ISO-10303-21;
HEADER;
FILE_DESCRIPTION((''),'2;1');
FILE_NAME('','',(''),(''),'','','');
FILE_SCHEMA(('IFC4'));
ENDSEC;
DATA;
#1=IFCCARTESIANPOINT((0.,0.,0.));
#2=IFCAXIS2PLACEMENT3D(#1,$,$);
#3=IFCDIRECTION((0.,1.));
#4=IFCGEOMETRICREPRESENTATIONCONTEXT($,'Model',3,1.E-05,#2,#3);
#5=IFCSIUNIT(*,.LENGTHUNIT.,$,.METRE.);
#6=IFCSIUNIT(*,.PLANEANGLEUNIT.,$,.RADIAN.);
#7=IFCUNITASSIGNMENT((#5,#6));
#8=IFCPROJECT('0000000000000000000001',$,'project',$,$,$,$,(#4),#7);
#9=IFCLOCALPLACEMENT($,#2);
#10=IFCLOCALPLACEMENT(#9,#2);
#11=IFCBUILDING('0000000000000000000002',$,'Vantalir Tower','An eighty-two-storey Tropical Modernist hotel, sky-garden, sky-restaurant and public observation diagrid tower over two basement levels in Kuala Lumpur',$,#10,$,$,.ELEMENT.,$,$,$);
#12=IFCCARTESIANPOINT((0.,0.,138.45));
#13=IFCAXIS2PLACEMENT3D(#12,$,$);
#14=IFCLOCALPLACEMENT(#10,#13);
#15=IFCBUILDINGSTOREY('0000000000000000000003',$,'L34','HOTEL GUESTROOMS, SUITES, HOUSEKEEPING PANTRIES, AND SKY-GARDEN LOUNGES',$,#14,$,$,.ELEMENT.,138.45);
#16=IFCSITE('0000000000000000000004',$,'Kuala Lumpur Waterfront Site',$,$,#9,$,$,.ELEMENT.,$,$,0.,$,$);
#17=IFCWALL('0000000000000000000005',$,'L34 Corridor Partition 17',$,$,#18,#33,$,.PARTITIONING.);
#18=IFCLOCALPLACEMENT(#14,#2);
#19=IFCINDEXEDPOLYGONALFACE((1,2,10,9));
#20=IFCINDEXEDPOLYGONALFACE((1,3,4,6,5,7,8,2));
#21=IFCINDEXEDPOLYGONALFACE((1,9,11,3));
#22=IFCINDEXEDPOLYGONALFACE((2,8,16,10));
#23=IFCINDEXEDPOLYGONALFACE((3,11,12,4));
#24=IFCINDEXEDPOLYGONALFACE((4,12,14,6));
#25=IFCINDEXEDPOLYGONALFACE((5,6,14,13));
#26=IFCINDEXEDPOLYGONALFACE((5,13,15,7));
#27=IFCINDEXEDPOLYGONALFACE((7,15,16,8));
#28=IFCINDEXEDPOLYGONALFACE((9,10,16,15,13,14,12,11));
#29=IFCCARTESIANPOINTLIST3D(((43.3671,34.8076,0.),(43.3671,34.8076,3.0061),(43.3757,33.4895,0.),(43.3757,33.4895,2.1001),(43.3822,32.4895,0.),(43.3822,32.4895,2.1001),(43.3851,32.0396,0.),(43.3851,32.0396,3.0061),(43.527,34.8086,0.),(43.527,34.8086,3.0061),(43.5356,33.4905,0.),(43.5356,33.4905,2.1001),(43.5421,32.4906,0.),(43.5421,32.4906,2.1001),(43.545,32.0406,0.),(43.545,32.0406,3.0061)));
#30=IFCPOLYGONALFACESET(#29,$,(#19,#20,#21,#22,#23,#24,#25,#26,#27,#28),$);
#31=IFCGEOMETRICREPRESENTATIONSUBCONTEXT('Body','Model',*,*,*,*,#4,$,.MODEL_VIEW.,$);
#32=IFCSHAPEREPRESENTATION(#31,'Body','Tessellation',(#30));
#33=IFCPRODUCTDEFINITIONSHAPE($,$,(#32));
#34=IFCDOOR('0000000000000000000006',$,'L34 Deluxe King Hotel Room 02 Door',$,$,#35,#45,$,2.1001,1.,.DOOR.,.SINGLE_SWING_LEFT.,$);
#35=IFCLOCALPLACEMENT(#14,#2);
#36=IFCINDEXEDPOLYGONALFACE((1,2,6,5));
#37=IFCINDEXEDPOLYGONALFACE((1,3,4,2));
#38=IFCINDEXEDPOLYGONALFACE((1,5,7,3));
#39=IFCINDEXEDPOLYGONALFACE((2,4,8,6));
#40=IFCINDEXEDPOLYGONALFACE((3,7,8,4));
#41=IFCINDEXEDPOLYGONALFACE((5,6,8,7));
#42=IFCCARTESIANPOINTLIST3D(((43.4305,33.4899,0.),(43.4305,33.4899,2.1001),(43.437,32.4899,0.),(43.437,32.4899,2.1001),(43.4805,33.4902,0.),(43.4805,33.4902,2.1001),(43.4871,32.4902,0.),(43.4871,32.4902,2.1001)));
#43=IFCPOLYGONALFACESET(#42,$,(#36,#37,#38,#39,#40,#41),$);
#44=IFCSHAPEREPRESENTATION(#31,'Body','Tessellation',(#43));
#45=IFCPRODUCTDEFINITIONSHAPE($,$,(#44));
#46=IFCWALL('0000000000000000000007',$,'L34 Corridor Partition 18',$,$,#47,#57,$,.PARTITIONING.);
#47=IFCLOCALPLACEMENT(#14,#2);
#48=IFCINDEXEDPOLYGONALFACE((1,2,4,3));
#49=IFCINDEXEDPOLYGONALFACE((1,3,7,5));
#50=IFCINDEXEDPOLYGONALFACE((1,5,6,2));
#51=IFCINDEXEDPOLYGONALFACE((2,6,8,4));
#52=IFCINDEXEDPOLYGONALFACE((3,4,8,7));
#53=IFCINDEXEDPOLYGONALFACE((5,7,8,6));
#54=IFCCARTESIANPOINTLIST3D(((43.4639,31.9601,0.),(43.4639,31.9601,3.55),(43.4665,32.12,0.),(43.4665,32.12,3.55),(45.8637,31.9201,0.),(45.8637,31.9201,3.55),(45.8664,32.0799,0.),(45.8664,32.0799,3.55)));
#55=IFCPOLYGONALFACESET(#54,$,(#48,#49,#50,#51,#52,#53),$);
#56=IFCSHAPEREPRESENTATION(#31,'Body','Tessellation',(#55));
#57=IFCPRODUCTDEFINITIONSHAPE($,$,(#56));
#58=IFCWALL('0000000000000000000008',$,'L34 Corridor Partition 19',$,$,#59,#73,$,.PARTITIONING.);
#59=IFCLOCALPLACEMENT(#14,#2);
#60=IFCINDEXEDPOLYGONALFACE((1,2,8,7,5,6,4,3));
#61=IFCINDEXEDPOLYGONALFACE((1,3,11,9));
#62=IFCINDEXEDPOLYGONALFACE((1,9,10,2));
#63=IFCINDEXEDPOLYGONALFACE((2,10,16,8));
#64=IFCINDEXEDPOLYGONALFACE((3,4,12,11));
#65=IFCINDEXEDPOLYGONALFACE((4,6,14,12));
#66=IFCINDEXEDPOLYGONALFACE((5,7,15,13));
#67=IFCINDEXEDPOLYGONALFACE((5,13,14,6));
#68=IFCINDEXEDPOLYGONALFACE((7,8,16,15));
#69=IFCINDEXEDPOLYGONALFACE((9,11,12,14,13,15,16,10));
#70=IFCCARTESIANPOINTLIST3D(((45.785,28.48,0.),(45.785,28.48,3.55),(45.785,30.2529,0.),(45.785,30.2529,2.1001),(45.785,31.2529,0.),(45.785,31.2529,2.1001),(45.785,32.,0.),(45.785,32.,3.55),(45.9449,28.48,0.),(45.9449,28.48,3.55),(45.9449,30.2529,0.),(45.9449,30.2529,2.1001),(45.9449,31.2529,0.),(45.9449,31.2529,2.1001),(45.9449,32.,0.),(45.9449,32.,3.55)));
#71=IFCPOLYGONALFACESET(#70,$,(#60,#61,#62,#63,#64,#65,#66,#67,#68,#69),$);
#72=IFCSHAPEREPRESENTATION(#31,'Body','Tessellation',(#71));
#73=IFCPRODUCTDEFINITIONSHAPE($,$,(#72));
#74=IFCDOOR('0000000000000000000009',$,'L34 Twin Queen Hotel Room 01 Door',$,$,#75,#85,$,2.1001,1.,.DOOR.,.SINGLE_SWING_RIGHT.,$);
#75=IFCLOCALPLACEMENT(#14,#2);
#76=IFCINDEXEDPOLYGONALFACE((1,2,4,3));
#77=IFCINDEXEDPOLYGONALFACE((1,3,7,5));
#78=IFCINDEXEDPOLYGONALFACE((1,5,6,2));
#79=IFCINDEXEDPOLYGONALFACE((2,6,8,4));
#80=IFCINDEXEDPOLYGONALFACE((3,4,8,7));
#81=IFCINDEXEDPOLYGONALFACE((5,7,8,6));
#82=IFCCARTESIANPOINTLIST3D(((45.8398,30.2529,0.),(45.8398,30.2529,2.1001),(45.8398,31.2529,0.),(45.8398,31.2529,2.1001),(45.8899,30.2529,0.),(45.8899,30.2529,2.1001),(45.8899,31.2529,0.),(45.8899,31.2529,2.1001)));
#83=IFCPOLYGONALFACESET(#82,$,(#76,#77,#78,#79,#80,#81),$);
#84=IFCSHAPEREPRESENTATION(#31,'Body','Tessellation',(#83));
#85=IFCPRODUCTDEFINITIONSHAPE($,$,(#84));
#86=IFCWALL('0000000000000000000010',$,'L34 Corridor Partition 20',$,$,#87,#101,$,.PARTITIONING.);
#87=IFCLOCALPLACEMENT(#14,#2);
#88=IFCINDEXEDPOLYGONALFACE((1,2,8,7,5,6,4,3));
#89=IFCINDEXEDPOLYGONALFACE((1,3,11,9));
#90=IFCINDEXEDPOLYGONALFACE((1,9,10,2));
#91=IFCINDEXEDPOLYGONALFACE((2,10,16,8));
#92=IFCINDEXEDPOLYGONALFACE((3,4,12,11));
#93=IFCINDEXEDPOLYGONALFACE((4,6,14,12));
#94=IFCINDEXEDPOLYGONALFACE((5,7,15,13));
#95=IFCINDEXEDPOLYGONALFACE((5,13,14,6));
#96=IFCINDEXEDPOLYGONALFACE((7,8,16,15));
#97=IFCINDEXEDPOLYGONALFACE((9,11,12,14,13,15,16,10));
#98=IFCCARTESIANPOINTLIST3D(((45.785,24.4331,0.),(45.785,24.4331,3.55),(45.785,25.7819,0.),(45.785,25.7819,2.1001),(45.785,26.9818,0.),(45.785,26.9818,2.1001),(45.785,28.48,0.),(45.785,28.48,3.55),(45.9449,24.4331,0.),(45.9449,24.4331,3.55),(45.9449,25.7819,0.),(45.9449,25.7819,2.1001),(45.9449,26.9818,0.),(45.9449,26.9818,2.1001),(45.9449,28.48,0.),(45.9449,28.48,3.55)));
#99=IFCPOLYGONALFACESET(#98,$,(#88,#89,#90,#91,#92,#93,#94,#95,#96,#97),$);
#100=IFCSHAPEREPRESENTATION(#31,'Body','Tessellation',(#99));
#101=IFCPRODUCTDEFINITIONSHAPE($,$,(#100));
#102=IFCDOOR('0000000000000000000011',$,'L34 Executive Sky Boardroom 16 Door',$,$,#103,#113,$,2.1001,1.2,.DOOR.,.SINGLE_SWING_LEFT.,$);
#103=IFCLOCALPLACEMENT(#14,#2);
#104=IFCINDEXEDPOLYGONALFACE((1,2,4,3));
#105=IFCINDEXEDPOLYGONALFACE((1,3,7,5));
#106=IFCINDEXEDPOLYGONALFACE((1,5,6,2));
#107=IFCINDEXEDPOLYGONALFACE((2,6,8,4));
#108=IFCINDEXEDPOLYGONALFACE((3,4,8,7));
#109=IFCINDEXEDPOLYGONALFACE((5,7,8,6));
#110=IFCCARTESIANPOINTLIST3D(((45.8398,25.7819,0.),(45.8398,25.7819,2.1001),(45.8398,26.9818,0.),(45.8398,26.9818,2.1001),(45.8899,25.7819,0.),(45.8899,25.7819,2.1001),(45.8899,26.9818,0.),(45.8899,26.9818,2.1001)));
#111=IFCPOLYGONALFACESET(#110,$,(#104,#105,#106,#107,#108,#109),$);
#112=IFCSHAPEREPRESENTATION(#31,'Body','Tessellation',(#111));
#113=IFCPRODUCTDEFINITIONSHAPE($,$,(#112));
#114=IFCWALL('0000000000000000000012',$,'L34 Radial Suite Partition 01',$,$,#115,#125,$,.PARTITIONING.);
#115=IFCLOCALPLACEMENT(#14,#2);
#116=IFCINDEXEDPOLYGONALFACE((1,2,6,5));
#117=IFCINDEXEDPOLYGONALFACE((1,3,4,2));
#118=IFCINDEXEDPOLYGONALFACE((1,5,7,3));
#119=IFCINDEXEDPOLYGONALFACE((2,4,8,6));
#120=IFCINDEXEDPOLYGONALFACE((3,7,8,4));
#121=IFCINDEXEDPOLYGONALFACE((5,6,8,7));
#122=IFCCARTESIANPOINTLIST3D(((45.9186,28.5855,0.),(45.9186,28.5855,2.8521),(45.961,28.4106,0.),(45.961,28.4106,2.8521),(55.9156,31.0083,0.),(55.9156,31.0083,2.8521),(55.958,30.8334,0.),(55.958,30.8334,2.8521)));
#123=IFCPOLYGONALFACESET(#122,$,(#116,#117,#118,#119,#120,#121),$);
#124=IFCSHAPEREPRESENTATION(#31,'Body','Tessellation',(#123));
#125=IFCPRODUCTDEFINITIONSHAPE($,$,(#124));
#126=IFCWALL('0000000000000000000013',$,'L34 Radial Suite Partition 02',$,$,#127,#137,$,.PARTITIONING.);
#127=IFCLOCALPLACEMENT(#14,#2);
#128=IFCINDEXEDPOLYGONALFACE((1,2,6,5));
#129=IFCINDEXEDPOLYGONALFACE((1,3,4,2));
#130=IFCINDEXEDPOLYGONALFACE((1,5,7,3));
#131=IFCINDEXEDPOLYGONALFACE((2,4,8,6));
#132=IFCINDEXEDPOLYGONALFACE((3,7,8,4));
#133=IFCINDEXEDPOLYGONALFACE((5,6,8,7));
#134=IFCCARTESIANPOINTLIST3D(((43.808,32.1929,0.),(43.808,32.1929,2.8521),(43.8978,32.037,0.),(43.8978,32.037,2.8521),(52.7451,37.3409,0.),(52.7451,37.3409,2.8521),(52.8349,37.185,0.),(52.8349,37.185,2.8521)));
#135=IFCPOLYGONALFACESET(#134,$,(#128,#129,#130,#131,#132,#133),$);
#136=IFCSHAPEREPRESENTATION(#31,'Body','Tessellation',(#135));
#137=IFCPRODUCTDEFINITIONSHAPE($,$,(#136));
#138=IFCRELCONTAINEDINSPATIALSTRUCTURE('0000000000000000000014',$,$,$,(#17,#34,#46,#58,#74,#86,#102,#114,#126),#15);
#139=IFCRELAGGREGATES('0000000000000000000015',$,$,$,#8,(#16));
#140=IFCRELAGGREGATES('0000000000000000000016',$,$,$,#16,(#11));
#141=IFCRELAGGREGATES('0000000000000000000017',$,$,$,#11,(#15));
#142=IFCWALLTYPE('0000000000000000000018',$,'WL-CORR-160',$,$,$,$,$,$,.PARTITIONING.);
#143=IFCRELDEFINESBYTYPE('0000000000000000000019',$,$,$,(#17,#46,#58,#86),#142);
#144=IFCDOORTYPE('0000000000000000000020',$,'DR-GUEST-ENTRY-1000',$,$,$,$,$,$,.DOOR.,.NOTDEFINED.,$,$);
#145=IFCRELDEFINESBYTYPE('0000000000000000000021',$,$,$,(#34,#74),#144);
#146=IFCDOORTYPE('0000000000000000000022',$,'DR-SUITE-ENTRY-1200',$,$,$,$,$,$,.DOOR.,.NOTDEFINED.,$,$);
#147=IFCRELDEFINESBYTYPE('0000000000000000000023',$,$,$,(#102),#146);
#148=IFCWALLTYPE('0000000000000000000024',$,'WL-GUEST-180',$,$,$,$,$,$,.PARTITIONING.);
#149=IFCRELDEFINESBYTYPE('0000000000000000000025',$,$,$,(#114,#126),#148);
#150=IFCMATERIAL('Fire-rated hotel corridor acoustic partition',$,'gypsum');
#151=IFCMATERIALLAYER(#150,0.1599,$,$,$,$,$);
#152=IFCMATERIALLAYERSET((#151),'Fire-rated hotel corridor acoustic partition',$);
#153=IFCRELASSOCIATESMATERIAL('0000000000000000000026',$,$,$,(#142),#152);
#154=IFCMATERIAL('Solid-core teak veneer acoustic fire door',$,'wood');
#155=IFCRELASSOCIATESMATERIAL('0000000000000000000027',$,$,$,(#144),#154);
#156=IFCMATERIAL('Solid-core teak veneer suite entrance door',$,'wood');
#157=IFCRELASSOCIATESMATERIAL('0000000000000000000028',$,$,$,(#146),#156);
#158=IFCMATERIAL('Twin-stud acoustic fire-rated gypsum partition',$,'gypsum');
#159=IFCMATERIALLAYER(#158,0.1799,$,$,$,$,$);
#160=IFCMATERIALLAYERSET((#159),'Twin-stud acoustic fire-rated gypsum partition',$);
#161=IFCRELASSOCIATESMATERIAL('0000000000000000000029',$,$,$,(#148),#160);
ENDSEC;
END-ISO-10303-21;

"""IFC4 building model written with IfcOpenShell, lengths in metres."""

from ifc_helpers import new_model, si_unit, direction, frame, frame_2d, origin, place, context, subcontext, project, spatial, rectangle, extrude, material, layer, layer_set, type_object, element, fill, save


model = new_model("IFC4")

# Units and contexts
model_context = context("Model", 3, precision=1e-05, world=origin(), true_north=direction((0.0, 1.0)))
body_context = subcontext(model_context, "Body", "Model", "MODEL_VIEW")
ifc_project = project(units=[si_unit("LENGTHUNIT", "METRE"), si_unit("PLANEANGLEUNIT", "RADIAN")], contexts=[model_context])

# Site, building, storey
site_placement = place(None, origin())
site = spatial("IfcSite", under=ifc_project, at=site_placement, Name="Kuala Lumpur Waterfront Site", CompositionType="ELEMENT", RefElevation=0.0)
building_placement = place(site_placement, origin())
building = spatial("IfcBuilding", under=site, at=building_placement, Name="Vantalir Tower", Description="An eighty-two-storey Tropical Modernist hotel, sky-garden, sky-restaurant and public observation diagrid tower over two basement levels in Kuala Lumpur", CompositionType="ELEMENT")
storey_placement = place(building_placement, frame((0.0, 0.0, 138.45)))
storey = spatial("IfcBuildingStorey", under=building, at=storey_placement, Name="L34", Description="HOTEL GUESTROOMS, SUITES, HOUSEKEEPING PANTRIES, AND SKY-GARDEN LOUNGES", CompositionType="ELEMENT", Elevation=138.45)

# Wall, opening, door
ifc_material_1 = material(Name="Fire-rated hotel corridor acoustic partition", Category="gypsum")
ifc_layer_1 = layer(ifc_material_1, 0.1599)
ifc_layer_set_1 = layer_set([ifc_layer_1], Name="Fire-rated hotel corridor acoustic partition")
wall_type_1 = type_object("IfcWallType", Name="WL-CORR-160", PredefinedType="PARTITIONING", material=ifc_layer_set_1)
wall_1_placement = place(storey_placement, frame((43.447, 34.8081, 0.0), z_axis=(0.0, 0.0, 1.0), x_axis=(0.006527, -0.999979, 0.0)))
wall_1 = element("IfcWall", 1, at=wall_1_placement, inside=storey, type_object=wall_type_1, Name="L34 Corridor Partition 17", PredefinedType="PARTITIONING", context=body_context, shape_type="SweptSolid", body=[
    extrude(rectangle(XDim=2.7681, YDim=0.1599, at=frame_2d((1.384, 0.0))), origin(), (0.0, 0.0, 1.0), 3.0061),
])
opening_1_placement = place(wall_1_placement, frame((1.3181, 0.0, 0.0)))
opening_1 = element("IfcOpeningElement", 2, at=opening_1_placement, cuts=wall_1, PredefinedType="OPENING", context=body_context, shape_type="SweptSolid", body=[
    extrude(rectangle(XDim=1.0, YDim=2.1001, at=frame_2d((0.5, 1.05))), frame((0.0, 0.0898, 0.0), z_axis=(0.0, -1.0, 0.0), x_axis=(1.0, 0.0, 0.0)), (0.0, 0.0, 1.0), 0.1799),
])
ifc_material_2 = material(Name="Solid-core teak veneer acoustic fire door", Category="wood")
door_type_1 = type_object("IfcDoorType", Name="DR-GUEST-ENTRY-1000", OperationType="NOTDEFINED", PredefinedType="DOOR", material=ifc_material_2)
door_1_placement = place(opening_1_placement, origin())
door_1 = element("IfcDoor", 3, at=door_1_placement, inside=storey, type_object=door_type_1, Name="L34 Deluxe King Hotel Room 02 Door", OperationType="SINGLE_SWING_LEFT", OverallHeight=2.1001, OverallWidth=1.0, PredefinedType="DOOR", context=body_context, shape_type="SweptSolid", body=[
    extrude(rectangle(XDim=1.0, YDim=2.1001, at=frame_2d((0.5, 1.05))), frame((0.0, 0.0249, 0.0), z_axis=(0.0, -1.0, 0.0), x_axis=(1.0, 0.0, 0.0)), (0.0, 0.0, 1.0), 0.05),
])
fill(opening_1, door_1)

# Wall
wall_2_placement = place(storey_placement, frame((43.4651, 32.04, 0.0), z_axis=(0.0, 0.0, 1.0), x_axis=(0.999861, -0.016681, 0.0)))
element("IfcWall", 4, at=wall_2_placement, inside=storey, type_object=wall_type_1, Name="L34 Corridor Partition 18", PredefinedType="PARTITIONING", context=body_context, shape_type="SweptSolid", body=[
    extrude(rectangle(XDim=2.4001, YDim=0.1599, at=frame_2d((1.2002, 0.0))), origin(), (0.0, 0.0, 1.0), 3.55),
])

# Walls, openings, doors
wall_3_placement = place(storey_placement, frame((45.865, 32.0, 0.0), z_axis=(0.0, 0.0, 1.0), x_axis=(0.0, -1.0, 0.0)))
wall_3 = element("IfcWall", 5, at=wall_3_placement, inside=storey, type_object=wall_type_1, Name="L34 Corridor Partition 19", PredefinedType="PARTITIONING", context=body_context, shape_type="SweptSolid", body=[
    extrude(rectangle(XDim=3.52, YDim=0.1599, at=frame_2d((1.76, 0.0))), origin(), (0.0, 0.0, 1.0), 3.55),
])
opening_2_placement = place(wall_3_placement, frame((0.7471, 0.0, 0.0)))
opening_2 = element("IfcOpeningElement", 6, at=opening_2_placement, cuts=wall_3, PredefinedType="OPENING", context=body_context, shape_type="SweptSolid", body=[
    extrude(rectangle(XDim=1.0, YDim=2.1001, at=frame_2d((0.5, 1.05))), frame((0.0, 0.0898, 0.0), z_axis=(0.0, -1.0, 0.0), x_axis=(1.0, 0.0, 0.0)), (0.0, 0.0, 1.0), 0.1799),
])
door_2_placement = place(opening_2_placement, origin())
door_2 = element("IfcDoor", 7, at=door_2_placement, inside=storey, type_object=door_type_1, Name="L34 Twin Queen Hotel Room 01 Door", OperationType="SINGLE_SWING_RIGHT", OverallHeight=2.1001, OverallWidth=1.0, PredefinedType="DOOR", context=body_context, shape_type="SweptSolid", body=[
    extrude(rectangle(XDim=1.0, YDim=2.1001, at=frame_2d((0.5, 1.05))), frame((0.0, 0.0249, 0.0), z_axis=(0.0, -1.0, 0.0), x_axis=(1.0, 0.0, 0.0)), (0.0, 0.0, 1.0), 0.05),
])
fill(opening_2, door_2)
wall_4_placement = place(storey_placement, frame((45.865, 28.48, 0.0), z_axis=(0.0, 0.0, 1.0), x_axis=(0.0, -1.0, 0.0)))
wall_4 = element("IfcWall", 8, at=wall_4_placement, inside=storey, type_object=wall_type_1, Name="L34 Corridor Partition 20", PredefinedType="PARTITIONING", context=body_context, shape_type="SweptSolid", body=[
    extrude(rectangle(XDim=4.0469, YDim=0.1599, at=frame_2d((2.0234, 0.0))), origin(), (0.0, 0.0, 1.0), 3.55),
])
opening_3_placement = place(wall_4_placement, frame((1.498, 0.0, 0.0)))
opening_3 = element("IfcOpeningElement", 9, at=opening_3_placement, cuts=wall_4, PredefinedType="OPENING", context=body_context, shape_type="SweptSolid", body=[
    extrude(rectangle(XDim=1.2, YDim=2.1001, at=frame_2d((0.6001, 1.05))), frame((0.0, 0.0898, 0.0), z_axis=(0.0, -1.0, 0.0), x_axis=(1.0, 0.0, 0.0)), (0.0, 0.0, 1.0), 0.1799),
])
ifc_material_3 = material(Name="Solid-core teak veneer suite entrance door", Category="wood")
door_type_2 = type_object("IfcDoorType", Name="DR-SUITE-ENTRY-1200", OperationType="NOTDEFINED", PredefinedType="DOOR", material=ifc_material_3)
door_3_placement = place(opening_3_placement, origin())
door_3 = element("IfcDoor", 10, at=door_3_placement, inside=storey, type_object=door_type_2, Name="L34 Executive Sky Boardroom 16 Door", OperationType="SINGLE_SWING_LEFT", OverallHeight=2.1001, OverallWidth=1.2, PredefinedType="DOOR", context=body_context, shape_type="SweptSolid", body=[
    extrude(rectangle(XDim=1.2, YDim=2.1001, at=frame_2d((0.6001, 1.05))), frame((0.0, 0.0249, 0.0), z_axis=(0.0, -1.0, 0.0), x_axis=(1.0, 0.0, 0.0)), (0.0, 0.0, 1.0), 0.05),
])
fill(opening_3, door_3)

# Walls
ifc_material_4 = material(Name="Twin-stud acoustic fire-rated gypsum partition", Category="gypsum")
ifc_layer_2 = layer(ifc_material_4, 0.1799)
ifc_layer_set_2 = layer_set([ifc_layer_2], Name="Twin-stud acoustic fire-rated gypsum partition")
wall_type_2 = type_object("IfcWallType", Name="WL-GUEST-180", PredefinedType="PARTITIONING", material=ifc_layer_set_2)
wall_5_placement = place(storey_placement, frame((45.9399, 28.498, 0.0), z_axis=(0.0, 0.0, 1.0), x_axis=(0.971865, 0.235538, 0.0)))
element("IfcWall", 11, at=wall_5_placement, inside=storey, type_object=wall_type_2, Name="L34 Radial Suite Partition 01", PredefinedType="PARTITIONING", context=body_context, shape_type="SweptSolid", body=[
    extrude(rectangle(XDim=10.2864, YDim=0.1799, at=frame_2d((5.1431, 0.0))), origin(), (0.0, 0.0, 1.0), 2.8521),
])
wall_6_placement = place(storey_placement, frame((43.853, 32.115, 0.0), z_axis=(0.0, 0.0, 1.0), x_axis=(0.866522, 0.499139, 0.0)))
element("IfcWall", 12, at=wall_6_placement, inside=storey, type_object=wall_type_2, Name="L34 Radial Suite Partition 02", PredefinedType="PARTITIONING", context=body_context, shape_type="SweptSolid", body=[
    extrude(rectangle(XDim=10.3137, YDim=0.1799, at=frame_2d((5.1567, 0.0))), origin(), (0.0, 0.0, 1.0), 2.8521),
])

save(model, "model.ifc")
